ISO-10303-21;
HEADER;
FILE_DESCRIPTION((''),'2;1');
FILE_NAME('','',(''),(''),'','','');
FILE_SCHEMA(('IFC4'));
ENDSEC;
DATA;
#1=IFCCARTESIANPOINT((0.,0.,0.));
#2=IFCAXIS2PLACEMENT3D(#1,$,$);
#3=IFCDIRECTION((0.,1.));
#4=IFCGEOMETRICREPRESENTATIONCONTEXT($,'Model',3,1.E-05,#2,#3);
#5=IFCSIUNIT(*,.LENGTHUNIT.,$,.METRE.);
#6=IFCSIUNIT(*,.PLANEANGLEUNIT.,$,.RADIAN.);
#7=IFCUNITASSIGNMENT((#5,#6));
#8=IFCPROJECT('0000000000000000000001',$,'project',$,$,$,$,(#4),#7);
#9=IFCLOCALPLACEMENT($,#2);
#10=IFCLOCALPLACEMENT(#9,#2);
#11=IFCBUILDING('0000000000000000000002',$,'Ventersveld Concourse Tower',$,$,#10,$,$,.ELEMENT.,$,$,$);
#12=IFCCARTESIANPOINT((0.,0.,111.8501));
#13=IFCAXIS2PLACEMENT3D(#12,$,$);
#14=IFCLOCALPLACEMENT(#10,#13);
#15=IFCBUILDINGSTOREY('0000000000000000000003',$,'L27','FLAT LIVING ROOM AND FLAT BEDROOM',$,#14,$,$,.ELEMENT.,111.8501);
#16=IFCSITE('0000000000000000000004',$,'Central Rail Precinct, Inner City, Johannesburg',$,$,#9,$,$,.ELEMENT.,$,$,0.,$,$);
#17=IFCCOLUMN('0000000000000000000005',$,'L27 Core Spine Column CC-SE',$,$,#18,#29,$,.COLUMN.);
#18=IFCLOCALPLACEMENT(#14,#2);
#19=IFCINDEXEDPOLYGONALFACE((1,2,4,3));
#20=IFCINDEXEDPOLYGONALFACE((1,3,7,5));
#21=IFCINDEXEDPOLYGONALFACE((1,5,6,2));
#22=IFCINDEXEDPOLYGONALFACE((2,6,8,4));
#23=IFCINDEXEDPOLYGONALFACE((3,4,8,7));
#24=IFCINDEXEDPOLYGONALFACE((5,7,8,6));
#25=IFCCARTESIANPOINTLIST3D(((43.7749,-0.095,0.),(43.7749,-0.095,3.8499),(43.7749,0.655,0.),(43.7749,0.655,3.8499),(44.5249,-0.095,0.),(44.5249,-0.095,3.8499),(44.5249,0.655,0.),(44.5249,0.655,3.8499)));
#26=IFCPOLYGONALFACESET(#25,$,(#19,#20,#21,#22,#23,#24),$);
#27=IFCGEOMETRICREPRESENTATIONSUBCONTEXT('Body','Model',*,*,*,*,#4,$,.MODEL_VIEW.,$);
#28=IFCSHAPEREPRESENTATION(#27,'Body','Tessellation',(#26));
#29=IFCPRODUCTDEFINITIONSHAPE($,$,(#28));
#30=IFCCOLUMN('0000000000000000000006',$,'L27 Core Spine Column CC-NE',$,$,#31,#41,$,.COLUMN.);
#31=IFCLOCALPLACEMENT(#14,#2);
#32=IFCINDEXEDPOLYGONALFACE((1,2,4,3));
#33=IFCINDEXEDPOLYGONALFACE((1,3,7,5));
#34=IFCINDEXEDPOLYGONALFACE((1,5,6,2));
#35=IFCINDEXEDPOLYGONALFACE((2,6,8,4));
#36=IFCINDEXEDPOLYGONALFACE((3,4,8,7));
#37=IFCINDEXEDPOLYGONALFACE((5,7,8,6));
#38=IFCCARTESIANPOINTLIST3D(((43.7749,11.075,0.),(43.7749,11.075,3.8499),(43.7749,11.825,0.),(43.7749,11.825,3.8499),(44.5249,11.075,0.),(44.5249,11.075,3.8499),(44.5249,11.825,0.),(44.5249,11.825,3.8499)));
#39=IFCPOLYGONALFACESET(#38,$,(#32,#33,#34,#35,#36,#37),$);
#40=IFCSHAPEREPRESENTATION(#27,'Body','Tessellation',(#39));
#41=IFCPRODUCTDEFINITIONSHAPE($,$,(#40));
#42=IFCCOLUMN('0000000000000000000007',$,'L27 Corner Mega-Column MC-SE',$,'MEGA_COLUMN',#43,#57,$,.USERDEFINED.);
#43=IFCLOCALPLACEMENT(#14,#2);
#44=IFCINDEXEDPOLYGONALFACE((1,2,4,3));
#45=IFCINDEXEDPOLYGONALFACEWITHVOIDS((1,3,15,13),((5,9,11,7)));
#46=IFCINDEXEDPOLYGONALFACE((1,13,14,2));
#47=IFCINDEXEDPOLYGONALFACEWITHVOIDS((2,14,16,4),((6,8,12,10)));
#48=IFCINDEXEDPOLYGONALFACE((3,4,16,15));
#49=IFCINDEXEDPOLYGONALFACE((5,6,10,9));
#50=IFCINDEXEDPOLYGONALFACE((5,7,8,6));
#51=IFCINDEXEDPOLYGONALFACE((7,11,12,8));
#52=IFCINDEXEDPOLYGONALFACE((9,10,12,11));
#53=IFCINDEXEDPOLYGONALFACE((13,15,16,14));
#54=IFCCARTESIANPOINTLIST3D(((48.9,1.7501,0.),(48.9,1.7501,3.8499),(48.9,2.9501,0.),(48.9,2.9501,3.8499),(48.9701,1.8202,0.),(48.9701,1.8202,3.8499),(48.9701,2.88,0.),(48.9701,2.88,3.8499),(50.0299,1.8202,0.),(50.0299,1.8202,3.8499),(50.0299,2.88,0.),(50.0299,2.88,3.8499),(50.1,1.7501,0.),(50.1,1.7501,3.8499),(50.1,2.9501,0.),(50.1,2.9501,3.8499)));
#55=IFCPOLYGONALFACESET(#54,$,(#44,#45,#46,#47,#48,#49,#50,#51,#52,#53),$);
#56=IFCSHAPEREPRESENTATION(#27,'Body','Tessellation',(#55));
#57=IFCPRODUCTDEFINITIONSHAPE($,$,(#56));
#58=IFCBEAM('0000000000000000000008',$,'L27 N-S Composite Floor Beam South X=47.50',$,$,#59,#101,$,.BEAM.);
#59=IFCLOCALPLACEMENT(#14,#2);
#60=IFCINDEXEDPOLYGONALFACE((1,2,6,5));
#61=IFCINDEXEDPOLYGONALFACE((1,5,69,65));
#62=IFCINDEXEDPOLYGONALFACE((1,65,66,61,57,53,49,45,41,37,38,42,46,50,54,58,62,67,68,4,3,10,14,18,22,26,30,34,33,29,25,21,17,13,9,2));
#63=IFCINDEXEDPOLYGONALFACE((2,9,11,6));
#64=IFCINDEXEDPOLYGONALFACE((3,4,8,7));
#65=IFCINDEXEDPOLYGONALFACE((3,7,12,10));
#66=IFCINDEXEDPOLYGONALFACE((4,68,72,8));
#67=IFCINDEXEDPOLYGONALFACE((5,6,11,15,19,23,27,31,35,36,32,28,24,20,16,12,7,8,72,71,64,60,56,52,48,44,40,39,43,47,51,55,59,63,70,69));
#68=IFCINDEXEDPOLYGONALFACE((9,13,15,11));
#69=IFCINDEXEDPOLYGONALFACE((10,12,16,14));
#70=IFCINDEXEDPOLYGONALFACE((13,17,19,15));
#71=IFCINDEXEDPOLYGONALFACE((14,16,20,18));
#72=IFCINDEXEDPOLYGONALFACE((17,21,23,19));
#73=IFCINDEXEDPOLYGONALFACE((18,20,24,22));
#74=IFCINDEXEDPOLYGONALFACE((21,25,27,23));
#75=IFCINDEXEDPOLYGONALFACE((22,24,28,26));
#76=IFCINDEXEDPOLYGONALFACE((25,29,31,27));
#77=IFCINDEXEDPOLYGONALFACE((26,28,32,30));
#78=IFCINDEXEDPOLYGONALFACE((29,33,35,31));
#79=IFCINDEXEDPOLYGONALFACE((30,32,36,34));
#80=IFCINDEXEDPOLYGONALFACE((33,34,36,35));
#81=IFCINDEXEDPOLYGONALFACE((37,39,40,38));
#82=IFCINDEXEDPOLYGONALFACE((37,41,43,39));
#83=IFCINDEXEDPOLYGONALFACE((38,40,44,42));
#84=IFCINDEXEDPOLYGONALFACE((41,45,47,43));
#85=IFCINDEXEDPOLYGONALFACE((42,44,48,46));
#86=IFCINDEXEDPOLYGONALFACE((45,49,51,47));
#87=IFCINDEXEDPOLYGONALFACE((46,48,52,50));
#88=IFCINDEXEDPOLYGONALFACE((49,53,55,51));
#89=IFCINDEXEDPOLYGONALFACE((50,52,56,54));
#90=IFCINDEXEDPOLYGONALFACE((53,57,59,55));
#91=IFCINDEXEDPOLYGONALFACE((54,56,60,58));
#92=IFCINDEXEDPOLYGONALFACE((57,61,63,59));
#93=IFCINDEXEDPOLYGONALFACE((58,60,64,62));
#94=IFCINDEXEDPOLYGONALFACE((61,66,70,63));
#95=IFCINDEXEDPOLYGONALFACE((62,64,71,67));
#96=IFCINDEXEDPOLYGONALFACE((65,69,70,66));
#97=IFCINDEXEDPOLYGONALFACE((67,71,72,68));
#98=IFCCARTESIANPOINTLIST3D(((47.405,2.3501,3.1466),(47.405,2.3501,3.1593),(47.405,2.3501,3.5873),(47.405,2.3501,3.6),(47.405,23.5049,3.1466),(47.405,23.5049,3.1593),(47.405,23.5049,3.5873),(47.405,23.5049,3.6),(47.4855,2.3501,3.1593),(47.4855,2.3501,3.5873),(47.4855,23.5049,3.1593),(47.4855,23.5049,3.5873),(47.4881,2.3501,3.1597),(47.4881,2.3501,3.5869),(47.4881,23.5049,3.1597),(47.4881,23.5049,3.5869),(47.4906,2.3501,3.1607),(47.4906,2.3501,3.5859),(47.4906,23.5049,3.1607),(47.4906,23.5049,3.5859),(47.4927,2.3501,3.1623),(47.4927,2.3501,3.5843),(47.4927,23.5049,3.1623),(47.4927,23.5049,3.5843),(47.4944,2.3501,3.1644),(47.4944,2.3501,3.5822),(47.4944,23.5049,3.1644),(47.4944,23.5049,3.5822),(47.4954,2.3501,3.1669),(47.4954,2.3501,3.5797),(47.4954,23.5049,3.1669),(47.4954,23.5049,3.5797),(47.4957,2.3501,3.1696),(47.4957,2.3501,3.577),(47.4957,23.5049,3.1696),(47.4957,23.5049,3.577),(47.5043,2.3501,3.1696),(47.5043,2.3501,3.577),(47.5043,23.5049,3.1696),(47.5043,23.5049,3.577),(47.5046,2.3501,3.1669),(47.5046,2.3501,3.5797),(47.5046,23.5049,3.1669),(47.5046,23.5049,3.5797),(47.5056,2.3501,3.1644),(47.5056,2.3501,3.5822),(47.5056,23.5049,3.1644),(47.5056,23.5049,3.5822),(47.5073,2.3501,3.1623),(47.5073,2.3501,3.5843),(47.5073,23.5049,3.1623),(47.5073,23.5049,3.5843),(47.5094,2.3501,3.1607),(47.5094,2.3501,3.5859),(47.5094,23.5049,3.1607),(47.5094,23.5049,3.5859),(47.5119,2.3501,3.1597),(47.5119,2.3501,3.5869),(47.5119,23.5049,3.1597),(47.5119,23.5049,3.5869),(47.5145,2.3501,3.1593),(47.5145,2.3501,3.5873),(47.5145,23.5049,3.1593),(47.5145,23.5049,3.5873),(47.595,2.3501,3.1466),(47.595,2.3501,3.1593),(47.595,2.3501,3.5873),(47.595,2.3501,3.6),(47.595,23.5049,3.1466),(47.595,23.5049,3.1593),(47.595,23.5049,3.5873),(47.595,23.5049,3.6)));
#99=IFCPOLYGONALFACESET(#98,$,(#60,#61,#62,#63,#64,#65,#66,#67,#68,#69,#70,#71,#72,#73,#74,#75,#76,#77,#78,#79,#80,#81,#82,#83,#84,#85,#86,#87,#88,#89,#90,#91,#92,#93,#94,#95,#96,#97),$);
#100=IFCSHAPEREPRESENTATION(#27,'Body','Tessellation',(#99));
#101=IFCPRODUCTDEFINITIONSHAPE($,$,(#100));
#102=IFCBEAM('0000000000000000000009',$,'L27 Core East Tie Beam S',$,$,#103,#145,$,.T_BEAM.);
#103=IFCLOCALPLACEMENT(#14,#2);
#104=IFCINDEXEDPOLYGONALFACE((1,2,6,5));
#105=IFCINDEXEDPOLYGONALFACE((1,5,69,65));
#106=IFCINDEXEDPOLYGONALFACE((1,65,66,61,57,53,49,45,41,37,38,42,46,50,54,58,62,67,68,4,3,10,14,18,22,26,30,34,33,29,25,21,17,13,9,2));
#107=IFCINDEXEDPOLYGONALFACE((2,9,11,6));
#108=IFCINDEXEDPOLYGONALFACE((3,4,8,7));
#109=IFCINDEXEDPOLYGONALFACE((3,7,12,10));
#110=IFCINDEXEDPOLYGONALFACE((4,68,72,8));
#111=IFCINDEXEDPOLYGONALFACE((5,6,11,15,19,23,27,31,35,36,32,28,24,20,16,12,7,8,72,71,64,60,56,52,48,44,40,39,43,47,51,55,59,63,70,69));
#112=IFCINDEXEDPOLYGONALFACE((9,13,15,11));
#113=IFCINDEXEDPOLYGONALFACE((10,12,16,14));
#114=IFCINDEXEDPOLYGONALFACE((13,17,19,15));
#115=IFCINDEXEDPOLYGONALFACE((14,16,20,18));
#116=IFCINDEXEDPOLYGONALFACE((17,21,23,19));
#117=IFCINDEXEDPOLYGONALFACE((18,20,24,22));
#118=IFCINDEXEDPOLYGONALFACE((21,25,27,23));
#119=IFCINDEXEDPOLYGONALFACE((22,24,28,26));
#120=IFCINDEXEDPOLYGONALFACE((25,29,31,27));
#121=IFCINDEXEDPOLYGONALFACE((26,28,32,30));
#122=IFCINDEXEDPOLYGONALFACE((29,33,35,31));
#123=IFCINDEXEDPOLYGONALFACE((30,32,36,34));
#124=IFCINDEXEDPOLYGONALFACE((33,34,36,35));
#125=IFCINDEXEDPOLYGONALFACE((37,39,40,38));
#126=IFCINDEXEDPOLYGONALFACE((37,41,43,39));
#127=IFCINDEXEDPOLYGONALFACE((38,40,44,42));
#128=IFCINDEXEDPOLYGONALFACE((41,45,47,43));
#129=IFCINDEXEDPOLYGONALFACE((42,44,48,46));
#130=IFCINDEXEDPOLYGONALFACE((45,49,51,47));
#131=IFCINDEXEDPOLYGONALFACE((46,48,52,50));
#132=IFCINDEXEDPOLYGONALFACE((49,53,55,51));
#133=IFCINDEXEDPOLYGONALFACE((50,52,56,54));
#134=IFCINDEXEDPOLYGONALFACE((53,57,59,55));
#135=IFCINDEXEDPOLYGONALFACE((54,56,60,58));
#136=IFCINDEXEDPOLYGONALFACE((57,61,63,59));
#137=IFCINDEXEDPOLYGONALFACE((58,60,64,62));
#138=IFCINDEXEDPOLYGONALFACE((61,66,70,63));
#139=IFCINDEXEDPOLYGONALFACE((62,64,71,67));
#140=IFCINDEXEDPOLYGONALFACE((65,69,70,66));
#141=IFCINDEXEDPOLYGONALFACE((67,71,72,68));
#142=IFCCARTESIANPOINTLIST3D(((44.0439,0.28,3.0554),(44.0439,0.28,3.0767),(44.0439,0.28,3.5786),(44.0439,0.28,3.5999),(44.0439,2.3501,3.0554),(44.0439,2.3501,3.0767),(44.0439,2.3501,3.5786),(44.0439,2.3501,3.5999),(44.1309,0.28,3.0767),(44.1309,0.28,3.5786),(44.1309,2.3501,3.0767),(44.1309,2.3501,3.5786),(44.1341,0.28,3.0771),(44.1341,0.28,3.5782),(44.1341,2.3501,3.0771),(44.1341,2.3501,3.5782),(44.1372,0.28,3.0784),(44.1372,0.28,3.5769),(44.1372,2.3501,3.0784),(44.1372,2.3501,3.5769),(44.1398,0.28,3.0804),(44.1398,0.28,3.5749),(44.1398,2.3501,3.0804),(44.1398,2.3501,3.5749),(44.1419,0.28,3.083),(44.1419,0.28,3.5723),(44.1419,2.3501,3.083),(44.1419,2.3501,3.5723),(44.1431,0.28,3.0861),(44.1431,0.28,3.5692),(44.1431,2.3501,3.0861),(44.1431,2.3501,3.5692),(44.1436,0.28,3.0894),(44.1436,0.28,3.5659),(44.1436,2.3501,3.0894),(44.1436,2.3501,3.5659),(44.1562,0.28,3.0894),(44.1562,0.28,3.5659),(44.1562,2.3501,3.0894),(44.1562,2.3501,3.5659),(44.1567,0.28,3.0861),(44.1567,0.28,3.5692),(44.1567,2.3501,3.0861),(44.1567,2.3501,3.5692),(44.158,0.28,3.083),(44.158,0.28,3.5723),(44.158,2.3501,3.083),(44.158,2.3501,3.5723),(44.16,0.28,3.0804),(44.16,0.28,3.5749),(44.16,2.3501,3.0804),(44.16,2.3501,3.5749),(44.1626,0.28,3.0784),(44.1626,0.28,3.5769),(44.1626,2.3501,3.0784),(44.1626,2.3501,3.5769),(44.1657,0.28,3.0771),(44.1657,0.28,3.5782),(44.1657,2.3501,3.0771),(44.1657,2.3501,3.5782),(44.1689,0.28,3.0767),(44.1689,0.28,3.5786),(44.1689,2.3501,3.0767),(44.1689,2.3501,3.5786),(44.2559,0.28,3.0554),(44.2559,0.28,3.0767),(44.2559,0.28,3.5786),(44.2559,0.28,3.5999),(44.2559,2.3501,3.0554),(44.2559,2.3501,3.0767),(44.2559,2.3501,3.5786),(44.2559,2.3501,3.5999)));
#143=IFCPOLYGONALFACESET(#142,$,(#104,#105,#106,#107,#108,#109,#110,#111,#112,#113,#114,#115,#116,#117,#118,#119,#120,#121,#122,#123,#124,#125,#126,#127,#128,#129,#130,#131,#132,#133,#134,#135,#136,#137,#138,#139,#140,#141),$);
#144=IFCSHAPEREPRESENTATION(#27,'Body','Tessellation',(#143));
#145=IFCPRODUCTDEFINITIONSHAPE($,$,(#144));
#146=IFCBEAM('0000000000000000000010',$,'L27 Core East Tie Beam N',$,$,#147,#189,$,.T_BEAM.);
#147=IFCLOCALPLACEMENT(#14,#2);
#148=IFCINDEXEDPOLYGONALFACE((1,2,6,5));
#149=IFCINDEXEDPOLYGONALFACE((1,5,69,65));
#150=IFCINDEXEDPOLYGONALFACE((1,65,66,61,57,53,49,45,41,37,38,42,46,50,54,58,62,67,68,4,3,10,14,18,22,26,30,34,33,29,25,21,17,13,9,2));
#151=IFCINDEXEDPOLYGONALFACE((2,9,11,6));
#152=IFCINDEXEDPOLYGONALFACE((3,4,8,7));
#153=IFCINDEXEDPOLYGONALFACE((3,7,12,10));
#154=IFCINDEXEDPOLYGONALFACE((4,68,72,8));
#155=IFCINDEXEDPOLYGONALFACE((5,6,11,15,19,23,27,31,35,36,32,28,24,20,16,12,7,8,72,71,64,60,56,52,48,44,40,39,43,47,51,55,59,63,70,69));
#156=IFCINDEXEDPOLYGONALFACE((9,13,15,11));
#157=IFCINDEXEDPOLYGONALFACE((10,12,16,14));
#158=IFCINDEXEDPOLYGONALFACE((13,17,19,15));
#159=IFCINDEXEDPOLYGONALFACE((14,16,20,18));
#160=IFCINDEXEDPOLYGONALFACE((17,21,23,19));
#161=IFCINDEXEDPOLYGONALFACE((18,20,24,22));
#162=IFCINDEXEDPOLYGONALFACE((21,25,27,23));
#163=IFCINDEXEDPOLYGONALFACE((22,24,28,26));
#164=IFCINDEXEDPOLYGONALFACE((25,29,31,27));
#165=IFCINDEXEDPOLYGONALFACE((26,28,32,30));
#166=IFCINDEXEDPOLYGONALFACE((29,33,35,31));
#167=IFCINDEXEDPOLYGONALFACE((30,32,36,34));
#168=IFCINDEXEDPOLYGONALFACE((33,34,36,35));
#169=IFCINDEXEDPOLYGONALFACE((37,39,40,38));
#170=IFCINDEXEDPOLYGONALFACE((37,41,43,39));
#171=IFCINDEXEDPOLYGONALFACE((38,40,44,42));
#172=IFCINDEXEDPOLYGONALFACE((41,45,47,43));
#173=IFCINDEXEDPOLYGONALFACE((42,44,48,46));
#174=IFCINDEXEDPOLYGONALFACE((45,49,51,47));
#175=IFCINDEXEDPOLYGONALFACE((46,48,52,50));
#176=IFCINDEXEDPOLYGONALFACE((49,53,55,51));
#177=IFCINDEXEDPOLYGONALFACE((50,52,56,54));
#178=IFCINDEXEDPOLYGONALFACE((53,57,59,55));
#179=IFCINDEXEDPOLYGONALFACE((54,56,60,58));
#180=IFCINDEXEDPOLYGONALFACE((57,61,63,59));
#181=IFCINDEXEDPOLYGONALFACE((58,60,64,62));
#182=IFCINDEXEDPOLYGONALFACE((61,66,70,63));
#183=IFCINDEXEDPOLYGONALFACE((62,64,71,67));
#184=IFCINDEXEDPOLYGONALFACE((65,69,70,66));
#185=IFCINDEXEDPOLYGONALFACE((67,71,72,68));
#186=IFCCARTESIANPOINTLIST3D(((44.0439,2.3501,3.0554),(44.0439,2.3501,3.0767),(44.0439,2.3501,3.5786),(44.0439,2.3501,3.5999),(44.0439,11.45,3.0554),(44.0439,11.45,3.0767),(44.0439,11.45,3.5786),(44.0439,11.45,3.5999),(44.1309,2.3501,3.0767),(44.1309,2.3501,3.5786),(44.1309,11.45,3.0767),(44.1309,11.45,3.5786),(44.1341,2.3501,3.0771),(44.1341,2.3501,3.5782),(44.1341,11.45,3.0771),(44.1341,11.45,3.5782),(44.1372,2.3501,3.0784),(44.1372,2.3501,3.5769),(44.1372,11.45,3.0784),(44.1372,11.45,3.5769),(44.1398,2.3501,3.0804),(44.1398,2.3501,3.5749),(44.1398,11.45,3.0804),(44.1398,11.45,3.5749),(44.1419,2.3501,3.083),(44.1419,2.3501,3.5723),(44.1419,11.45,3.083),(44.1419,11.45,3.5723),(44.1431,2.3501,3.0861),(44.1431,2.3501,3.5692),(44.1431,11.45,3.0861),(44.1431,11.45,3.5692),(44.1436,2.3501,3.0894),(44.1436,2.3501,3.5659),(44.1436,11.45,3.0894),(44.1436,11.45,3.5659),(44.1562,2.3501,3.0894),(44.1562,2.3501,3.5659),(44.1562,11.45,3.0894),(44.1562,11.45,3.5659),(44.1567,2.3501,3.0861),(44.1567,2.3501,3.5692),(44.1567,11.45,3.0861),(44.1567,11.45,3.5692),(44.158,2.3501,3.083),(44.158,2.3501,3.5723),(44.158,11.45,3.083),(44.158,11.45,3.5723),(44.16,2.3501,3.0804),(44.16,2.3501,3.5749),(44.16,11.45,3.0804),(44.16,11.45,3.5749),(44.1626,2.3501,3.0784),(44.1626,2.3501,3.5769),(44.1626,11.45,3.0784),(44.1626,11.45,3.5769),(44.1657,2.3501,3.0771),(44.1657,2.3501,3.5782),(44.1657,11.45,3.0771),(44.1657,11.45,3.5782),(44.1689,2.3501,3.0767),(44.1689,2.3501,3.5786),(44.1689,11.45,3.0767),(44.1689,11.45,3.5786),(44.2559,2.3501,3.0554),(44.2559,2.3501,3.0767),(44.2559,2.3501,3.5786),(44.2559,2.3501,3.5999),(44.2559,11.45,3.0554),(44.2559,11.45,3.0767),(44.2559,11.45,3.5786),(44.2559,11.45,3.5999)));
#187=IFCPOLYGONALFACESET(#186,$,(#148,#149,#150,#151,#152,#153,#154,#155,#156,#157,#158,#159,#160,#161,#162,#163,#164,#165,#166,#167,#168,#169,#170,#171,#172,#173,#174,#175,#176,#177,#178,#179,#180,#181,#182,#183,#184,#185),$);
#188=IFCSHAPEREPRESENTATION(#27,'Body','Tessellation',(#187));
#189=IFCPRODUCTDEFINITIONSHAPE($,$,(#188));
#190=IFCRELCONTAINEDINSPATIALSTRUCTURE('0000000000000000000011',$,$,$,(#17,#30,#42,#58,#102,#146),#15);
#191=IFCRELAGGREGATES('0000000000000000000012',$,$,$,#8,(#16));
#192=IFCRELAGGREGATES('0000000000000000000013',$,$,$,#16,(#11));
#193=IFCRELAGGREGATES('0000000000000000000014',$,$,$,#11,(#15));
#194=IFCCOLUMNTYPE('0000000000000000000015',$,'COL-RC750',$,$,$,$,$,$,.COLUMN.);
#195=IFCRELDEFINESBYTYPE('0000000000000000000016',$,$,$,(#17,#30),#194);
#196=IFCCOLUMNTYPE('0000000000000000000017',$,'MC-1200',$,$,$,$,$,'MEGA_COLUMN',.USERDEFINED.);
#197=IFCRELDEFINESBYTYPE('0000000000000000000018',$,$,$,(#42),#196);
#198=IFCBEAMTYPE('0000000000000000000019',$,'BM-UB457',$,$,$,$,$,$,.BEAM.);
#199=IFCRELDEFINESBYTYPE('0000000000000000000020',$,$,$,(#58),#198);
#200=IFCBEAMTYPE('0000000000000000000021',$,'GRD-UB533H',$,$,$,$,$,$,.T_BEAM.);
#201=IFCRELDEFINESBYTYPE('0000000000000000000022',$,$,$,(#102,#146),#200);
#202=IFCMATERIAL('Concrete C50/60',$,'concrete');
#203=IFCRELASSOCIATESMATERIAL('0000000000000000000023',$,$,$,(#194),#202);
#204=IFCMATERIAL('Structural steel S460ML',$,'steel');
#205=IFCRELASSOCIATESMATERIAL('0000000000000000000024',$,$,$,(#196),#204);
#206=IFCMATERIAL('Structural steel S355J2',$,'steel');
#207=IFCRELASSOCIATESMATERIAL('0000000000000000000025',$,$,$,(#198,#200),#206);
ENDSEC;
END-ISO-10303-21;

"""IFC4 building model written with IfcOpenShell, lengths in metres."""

from ifc_helpers import new_model, si_unit, direction, frame, origin, origin_2d, place, context, subcontext, project, spatial, rectangle, hollow_rectangle, i_section, extrude, material, material_profile, profile_set, type_object, element, save


model = new_model("IFC4")

# Units and contexts
model_context = context("Model", 3, precision=1e-05, world=origin(), true_north=direction((0.0, 1.0)))
body_context = subcontext(model_context, "Body", "Model", "MODEL_VIEW")
ifc_project = project(units=[si_unit("LENGTHUNIT", "METRE"), si_unit("PLANEANGLEUNIT", "RADIAN")], contexts=[model_context])

# Site, building, storey
site_placement = place(None, origin())
site = spatial("IfcSite", under=ifc_project, at=site_placement, Name="Central Rail Precinct, Inner City, Johannesburg", CompositionType="ELEMENT", RefElevation=0.0)
building_placement = place(site_placement, origin())
building = spatial("IfcBuilding", under=site, at=building_placement, Name="Ventersveld Concourse Tower", CompositionType="ELEMENT")
storey_placement = place(building_placement, frame((0.0, 0.0, 111.8501)))
storey = spatial("IfcBuildingStorey", under=building, at=storey_placement, Name="L27", Description="FLAT LIVING ROOM AND FLAT BEDROOM", CompositionType="ELEMENT", Elevation=111.8501)

# Columns
ifc_material_1 = material(Name="Concrete C50/60", Category="concrete")
ifc_material_profile_1 = material_profile(ifc_material_1, rectangle(XDim=0.75, YDim=0.75, at=origin_2d()), Name="RC 750x750")
ifc_profile_set_1 = profile_set([ifc_material_profile_1], Name="Concrete C50/60")
column_type_1 = type_object("IfcColumnType", Name="COL-RC750", PredefinedType="COLUMN", material=ifc_profile_set_1)
for number, where, z_axis, x_axis, name in (
    (1, (44.1499, 0.28, 0.0), (0.0, 0.0, 1.0), (1.0, 0.0, 0.0), "L27 Core Spine Column CC-SE"),
    (2, (44.1499, 11.45, 0.0), (0.0, 0.0, 1.0), (1.0, 0.0, 0.0), "L27 Core Spine Column CC-NE"),
):
    element("IfcColumn", number, at=place(storey_placement, frame(where, z_axis=z_axis, x_axis=x_axis)), inside=storey, type_object=column_type_1, Name=name, PredefinedType="COLUMN", context=body_context, shape_type="SweptSolid", body=[
        extrude(rectangle(XDim=0.75, YDim=0.75, at=origin_2d()), origin(), (0.0, 0.0, 1.0), 3.8499),
    ])
ifc_material_2 = material(Name="Structural steel S460ML", Category="steel")
ifc_material_profile_2 = material_profile(ifc_material_2, hollow_rectangle(XDim=1.2, YDim=1.2, WallThickness=0.0701, at=origin_2d()), Name="BOX 1200x1200x70")
ifc_profile_set_2 = profile_set([ifc_material_profile_2], Name="Structural steel S460ML")
column_type_2 = type_object("IfcColumnType", Name="MC-1200", ElementType="MEGA_COLUMN", PredefinedType="USERDEFINED", material=ifc_profile_set_2)
column_placement = place(storey_placement, frame((49.5, 2.3501, 0.0), z_axis=(0.0, 0.0, 1.0), x_axis=(1.0, 0.0, 0.0)))
element("IfcColumn", 3, at=column_placement, inside=storey, type_object=column_type_2, Name="L27 Corner Mega-Column MC-SE", ObjectType="MEGA_COLUMN", PredefinedType="USERDEFINED", context=body_context, shape_type="SweptSolid", body=[
    extrude(hollow_rectangle(XDim=1.2, YDim=1.2, WallThickness=0.0701, at=origin_2d()), origin(), (0.0, 0.0, 1.0), 3.8499),
])

# Beams
ifc_material_3 = material(Name="Structural steel S355J2", Category="steel")
ifc_material_profile_3 = material_profile(ifc_material_3, i_section(OverallWidth=0.1899, OverallDepth=0.4534, WebThickness=0.0085, FlangeThickness=0.0127, FilletRadius=0.0103, at=origin_2d()), Name="UB 457x191x67")
ifc_profile_set_3 = profile_set([ifc_material_profile_3], Name="Structural steel S355J2")
beam_type_1 = type_object("IfcBeamType", Name="BM-UB457", PredefinedType="BEAM", material=ifc_profile_set_3)
beam_1_placement = place(storey_placement, frame((47.5, 2.3501, 3.3733), z_axis=(0.0, 1.0, 0.0), x_axis=(-1.0, 0.0, 0.0)))
element("IfcBeam", 4, at=beam_1_placement, inside=storey, type_object=beam_type_1, Name="L27 N-S Composite Floor Beam South X=47.50", PredefinedType="BEAM", context=body_context, shape_type="SweptSolid", body=[
    extrude(i_section(OverallWidth=0.1899, OverallDepth=0.4534, WebThickness=0.0085, FlangeThickness=0.0127, FilletRadius=0.0103, at=origin_2d()), origin(), (0.0, 0.0, 1.0), 21.1548),
])
ifc_material_profile_4 = material_profile(ifc_material_3, i_section(OverallWidth=0.2119, OverallDepth=0.5444, WebThickness=0.0127, FlangeThickness=0.0212, FilletRadius=0.0127, at=origin_2d()), Name="UB 533x210x122")
ifc_profile_set_4 = profile_set([ifc_material_profile_4], Name="Structural steel S355J2")
beam_type_2 = type_object("IfcBeamType", Name="GRD-UB533H", PredefinedType="T_BEAM", material=ifc_profile_set_4)
beam_2_placement = place(storey_placement, frame((44.1499, 0.28, 3.3276), z_axis=(0.0, 1.0, 0.0), x_axis=(-1.0, 0.0, 0.0)))
element("IfcBeam", 5, at=beam_2_placement, inside=storey, type_object=beam_type_2, Name="L27 Core East Tie Beam S", PredefinedType="T_BEAM", context=body_context, shape_type="SweptSolid", body=[
    extrude(i_section(OverallWidth=0.2119, OverallDepth=0.5444, WebThickness=0.0127, FlangeThickness=0.0212, FilletRadius=0.0127, at=origin_2d()), origin(), (0.0, 0.0, 1.0), 2.0701),
])
beam_3_placement = place(storey_placement, frame((44.1499, 2.3501, 3.3276), z_axis=(0.0, 1.0, 0.0), x_axis=(-1.0, 0.0, 0.0)))
element("IfcBeam", 6, at=beam_3_placement, inside=storey, type_object=beam_type_2, Name="L27 Core East Tie Beam N", PredefinedType="T_BEAM", context=body_context, shape_type="SweptSolid", body=[
    extrude(i_section(OverallWidth=0.2119, OverallDepth=0.5444, WebThickness=0.0127, FlangeThickness=0.0212, FilletRadius=0.0127, at=origin_2d()), origin(), (0.0, 0.0, 1.0), 9.0999),
])

save(model, "model.ifc")
